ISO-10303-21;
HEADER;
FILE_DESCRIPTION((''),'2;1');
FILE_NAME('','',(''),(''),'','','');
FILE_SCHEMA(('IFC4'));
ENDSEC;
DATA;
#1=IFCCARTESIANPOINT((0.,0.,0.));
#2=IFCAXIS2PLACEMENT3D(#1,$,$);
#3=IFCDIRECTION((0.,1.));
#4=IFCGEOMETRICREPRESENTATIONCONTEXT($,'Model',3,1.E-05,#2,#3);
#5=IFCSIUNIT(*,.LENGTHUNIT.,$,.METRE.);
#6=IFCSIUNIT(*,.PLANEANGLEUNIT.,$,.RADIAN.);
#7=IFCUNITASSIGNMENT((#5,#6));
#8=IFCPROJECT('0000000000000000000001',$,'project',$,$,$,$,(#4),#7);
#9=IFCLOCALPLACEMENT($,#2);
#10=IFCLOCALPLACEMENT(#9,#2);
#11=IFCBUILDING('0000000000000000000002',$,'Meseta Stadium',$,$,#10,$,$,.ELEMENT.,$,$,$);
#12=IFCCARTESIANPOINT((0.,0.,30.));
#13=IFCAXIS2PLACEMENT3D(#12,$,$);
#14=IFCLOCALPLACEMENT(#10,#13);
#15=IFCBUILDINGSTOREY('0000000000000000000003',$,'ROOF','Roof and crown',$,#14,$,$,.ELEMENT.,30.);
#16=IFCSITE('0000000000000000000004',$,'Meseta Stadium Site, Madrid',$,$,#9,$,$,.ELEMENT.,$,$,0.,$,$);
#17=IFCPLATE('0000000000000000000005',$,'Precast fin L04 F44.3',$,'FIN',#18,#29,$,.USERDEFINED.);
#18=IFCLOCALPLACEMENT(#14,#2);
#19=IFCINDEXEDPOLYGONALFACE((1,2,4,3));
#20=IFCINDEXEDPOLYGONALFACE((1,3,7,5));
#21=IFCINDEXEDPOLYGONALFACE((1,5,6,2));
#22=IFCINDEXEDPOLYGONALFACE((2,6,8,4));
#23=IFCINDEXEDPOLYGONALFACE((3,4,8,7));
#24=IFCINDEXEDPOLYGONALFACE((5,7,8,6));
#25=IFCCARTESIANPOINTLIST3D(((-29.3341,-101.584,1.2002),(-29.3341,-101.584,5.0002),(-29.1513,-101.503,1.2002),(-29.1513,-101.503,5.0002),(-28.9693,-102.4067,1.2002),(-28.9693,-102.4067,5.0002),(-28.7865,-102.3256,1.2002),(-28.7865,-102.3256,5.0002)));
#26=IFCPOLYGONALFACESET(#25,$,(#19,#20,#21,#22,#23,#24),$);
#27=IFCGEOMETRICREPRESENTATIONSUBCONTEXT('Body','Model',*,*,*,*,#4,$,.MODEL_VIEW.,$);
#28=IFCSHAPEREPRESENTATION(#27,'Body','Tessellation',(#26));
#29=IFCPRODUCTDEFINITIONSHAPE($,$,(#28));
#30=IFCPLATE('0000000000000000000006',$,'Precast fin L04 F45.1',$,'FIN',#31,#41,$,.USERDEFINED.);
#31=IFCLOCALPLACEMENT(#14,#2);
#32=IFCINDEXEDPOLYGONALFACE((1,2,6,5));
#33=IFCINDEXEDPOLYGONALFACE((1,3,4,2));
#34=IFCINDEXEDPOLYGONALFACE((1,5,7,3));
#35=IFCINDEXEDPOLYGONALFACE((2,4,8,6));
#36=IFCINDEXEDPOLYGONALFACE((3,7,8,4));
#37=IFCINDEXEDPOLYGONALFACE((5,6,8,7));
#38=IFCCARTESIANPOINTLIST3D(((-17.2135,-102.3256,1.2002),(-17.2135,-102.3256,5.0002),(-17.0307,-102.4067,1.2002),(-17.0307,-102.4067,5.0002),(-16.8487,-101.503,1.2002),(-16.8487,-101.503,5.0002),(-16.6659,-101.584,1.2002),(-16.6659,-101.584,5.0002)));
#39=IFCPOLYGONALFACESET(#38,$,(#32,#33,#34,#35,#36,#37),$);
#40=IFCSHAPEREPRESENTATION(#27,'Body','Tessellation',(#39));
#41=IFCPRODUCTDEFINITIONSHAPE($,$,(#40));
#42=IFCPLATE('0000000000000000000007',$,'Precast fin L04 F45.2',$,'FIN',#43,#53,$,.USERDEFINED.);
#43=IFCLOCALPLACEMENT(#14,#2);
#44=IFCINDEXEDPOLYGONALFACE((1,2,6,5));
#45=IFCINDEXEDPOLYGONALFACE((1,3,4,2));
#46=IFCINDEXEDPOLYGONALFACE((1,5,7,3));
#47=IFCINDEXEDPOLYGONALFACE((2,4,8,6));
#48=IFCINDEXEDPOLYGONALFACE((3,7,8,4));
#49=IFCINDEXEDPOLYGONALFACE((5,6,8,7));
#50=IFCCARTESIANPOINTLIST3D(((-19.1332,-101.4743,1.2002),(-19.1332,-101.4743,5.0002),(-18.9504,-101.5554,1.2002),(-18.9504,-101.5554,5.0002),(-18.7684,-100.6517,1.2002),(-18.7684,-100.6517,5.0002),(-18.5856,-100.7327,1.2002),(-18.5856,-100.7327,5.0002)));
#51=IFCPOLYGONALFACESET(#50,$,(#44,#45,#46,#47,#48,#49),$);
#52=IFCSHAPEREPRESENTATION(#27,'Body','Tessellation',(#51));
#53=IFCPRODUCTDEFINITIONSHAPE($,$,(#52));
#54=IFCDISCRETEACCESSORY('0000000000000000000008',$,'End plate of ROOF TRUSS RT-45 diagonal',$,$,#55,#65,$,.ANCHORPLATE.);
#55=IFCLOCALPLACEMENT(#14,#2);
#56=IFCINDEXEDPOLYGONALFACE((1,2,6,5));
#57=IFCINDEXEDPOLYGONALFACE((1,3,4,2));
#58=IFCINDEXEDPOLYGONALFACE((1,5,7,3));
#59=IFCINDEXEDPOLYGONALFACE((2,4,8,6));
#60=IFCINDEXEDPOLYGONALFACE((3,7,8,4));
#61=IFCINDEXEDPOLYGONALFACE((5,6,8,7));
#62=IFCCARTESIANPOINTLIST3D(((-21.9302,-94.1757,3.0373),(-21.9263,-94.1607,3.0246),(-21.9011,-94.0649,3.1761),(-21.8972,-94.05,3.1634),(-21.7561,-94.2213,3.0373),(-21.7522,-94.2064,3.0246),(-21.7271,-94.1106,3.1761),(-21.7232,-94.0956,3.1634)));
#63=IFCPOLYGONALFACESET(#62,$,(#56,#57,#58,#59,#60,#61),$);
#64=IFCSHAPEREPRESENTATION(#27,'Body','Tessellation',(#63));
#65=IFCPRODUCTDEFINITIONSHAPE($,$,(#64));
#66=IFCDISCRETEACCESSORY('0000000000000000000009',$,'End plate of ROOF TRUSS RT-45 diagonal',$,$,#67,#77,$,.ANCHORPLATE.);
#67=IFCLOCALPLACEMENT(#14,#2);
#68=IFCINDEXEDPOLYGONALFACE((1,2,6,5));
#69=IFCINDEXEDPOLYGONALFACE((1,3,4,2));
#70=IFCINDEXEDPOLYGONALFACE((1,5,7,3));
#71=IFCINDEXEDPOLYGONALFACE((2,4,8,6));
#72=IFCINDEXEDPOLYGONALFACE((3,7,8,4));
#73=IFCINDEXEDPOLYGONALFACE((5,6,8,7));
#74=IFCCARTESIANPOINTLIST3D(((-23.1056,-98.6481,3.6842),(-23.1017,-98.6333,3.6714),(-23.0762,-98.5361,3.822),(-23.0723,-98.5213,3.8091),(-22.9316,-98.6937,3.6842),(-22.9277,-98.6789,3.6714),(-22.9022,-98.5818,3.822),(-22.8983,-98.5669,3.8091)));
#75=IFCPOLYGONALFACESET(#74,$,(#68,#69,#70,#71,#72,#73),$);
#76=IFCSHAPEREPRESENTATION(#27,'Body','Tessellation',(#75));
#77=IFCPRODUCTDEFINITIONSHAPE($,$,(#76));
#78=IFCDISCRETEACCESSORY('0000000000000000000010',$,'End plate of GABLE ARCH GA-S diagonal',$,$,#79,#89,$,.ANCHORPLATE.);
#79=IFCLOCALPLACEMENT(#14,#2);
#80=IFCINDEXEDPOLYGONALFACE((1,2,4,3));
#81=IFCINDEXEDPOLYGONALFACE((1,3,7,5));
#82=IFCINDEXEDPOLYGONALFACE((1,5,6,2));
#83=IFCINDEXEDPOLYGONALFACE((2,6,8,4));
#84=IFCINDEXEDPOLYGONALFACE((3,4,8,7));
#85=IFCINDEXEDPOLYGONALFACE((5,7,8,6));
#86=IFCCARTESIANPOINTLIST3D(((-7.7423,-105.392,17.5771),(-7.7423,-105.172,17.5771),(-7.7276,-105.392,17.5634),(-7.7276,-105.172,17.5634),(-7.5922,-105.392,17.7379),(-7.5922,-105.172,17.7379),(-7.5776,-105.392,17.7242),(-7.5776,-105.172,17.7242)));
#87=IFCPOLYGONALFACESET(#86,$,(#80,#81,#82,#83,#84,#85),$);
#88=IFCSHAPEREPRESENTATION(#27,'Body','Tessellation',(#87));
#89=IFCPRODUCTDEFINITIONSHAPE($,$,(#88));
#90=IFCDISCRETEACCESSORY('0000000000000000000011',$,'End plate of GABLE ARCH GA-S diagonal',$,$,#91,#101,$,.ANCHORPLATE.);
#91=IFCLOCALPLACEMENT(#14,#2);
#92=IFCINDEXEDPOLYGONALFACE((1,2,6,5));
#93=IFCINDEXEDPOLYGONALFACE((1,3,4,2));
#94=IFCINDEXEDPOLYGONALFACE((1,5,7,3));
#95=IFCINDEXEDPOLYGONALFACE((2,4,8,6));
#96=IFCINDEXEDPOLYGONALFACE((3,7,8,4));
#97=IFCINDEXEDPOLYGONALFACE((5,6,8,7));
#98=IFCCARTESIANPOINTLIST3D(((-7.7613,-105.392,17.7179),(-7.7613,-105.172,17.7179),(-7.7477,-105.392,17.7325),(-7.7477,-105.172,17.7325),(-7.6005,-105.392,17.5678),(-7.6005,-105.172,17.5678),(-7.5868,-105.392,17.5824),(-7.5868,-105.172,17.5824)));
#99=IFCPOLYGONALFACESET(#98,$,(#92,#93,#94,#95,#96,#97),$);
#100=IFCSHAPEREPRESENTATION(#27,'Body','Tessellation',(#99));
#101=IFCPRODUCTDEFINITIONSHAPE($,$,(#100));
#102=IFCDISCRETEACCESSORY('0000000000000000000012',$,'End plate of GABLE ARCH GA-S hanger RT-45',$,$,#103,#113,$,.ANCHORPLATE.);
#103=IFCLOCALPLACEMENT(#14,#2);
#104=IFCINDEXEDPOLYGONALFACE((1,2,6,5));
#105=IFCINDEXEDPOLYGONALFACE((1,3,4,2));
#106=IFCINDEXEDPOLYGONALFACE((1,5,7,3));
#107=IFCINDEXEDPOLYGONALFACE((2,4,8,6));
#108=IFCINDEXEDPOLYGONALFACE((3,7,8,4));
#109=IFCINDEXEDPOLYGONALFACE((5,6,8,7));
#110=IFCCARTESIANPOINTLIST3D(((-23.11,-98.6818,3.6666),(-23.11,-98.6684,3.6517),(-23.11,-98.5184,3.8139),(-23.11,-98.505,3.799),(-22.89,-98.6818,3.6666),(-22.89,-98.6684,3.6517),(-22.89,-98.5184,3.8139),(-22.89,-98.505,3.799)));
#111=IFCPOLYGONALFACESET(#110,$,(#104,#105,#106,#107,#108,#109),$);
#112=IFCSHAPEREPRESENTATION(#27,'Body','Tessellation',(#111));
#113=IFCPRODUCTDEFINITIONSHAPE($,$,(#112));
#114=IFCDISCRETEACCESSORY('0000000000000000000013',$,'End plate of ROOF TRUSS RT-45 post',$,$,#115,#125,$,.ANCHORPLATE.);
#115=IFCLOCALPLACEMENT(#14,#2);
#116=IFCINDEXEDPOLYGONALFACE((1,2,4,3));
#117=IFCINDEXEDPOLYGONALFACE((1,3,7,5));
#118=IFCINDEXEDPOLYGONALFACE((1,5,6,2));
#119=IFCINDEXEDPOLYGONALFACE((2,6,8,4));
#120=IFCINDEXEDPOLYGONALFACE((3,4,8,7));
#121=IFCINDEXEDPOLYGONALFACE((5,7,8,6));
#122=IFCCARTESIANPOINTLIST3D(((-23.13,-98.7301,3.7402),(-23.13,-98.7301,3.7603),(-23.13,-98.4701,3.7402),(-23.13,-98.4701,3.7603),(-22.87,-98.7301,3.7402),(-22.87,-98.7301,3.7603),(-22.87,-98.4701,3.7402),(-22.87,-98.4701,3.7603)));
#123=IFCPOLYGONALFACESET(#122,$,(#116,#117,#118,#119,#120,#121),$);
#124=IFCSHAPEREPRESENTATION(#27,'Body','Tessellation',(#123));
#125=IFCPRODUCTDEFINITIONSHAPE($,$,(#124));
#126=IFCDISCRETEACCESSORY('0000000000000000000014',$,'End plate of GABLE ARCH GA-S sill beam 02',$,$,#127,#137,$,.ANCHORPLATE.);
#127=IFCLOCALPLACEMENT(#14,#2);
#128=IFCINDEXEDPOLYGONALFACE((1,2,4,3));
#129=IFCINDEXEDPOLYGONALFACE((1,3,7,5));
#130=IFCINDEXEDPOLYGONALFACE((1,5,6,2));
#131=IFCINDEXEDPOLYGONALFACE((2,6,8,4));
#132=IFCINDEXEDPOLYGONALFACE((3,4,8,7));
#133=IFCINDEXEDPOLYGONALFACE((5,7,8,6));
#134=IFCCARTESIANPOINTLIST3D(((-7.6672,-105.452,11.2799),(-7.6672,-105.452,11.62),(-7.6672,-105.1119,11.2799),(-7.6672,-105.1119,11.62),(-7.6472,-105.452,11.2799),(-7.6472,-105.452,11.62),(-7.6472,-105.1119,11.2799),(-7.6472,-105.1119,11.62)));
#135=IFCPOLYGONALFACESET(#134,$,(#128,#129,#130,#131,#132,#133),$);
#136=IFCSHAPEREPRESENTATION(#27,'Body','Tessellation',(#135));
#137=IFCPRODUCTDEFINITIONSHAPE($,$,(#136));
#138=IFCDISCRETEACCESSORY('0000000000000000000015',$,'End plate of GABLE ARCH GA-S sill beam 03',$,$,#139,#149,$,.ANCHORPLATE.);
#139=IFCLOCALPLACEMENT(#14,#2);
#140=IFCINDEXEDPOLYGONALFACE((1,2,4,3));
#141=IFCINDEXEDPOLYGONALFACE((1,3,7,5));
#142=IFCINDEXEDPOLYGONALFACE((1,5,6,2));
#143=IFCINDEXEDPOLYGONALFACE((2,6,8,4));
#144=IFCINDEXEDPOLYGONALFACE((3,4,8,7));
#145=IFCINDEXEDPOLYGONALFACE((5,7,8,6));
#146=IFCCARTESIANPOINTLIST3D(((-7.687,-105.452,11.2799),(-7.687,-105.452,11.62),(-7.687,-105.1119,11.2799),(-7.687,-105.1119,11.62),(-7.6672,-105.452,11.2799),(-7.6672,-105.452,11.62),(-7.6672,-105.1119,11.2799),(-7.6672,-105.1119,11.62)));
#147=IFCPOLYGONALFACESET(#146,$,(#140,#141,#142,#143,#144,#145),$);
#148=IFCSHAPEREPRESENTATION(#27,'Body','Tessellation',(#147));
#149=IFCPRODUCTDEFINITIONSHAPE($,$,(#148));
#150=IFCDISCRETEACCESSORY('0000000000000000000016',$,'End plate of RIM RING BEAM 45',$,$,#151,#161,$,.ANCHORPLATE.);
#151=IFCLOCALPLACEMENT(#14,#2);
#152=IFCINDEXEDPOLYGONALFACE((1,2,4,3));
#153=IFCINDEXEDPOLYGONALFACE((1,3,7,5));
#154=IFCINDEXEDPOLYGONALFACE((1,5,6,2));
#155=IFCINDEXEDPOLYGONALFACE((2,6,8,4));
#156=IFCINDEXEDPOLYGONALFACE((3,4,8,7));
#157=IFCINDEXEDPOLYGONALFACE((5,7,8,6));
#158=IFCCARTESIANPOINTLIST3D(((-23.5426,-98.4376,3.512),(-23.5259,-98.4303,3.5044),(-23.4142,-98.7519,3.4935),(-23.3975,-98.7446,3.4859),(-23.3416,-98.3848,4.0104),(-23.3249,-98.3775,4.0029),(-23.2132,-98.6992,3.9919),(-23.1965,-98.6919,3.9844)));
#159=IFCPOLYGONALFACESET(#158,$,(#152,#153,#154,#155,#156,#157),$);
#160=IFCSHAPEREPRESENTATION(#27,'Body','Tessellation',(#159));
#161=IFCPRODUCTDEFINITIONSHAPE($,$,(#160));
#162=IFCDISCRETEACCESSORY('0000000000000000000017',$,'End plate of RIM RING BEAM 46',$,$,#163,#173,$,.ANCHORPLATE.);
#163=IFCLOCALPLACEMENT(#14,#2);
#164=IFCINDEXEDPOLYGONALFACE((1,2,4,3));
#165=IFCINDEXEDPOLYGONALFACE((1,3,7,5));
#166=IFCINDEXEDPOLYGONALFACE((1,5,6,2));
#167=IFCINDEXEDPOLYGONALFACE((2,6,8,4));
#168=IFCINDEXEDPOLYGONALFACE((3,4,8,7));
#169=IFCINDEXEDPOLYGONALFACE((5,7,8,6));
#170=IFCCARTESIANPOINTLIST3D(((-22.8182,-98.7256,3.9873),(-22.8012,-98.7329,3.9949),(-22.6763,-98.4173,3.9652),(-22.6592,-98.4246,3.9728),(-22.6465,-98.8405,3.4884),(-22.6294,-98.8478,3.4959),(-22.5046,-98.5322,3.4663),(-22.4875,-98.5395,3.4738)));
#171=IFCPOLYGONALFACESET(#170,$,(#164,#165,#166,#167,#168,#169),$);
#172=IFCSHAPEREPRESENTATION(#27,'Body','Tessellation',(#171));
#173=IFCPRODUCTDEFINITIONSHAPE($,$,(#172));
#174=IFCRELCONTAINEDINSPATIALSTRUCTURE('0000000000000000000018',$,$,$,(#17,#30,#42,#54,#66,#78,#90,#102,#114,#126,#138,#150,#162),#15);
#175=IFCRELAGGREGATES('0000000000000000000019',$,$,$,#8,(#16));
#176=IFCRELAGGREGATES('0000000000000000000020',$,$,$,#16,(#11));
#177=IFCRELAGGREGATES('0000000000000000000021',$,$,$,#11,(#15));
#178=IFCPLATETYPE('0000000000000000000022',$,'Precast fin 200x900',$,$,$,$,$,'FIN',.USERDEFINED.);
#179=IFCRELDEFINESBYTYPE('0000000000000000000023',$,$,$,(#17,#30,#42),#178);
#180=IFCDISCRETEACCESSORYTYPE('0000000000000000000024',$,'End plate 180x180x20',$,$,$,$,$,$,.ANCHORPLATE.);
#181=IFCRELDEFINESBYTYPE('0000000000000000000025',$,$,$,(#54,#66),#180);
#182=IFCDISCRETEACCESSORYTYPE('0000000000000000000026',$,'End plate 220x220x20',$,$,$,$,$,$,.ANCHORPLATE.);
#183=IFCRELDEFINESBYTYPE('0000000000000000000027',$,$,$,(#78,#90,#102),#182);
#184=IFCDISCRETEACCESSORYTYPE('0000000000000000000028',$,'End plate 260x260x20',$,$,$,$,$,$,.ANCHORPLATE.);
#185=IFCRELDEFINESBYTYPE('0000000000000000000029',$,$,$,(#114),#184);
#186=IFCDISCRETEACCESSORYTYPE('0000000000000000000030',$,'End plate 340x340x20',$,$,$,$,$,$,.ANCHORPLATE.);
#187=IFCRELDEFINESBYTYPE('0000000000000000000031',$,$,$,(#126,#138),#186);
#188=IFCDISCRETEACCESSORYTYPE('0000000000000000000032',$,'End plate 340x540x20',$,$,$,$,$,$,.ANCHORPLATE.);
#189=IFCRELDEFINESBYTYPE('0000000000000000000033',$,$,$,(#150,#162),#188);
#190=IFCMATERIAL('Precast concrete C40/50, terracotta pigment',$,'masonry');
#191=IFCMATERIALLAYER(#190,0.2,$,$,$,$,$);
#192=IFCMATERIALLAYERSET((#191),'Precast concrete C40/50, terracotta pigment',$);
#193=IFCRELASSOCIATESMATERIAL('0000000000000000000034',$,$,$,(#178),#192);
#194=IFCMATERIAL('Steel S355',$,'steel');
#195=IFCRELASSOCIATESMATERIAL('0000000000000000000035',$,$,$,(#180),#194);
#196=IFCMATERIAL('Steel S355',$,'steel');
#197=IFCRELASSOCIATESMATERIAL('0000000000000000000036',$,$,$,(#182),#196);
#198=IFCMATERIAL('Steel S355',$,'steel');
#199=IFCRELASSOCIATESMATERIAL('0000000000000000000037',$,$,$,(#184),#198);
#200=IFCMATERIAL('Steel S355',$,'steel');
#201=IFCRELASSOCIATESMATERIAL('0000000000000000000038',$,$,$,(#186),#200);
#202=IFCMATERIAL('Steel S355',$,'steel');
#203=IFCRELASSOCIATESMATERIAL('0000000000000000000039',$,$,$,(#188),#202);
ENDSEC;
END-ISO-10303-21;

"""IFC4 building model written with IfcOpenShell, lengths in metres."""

from ifc_helpers import new_model, si_unit, direction, frame, origin, origin_2d, place, context, subcontext, project, spatial, rectangle, extrude, material, layer, layer_set, material_profile, profile_set, type_object, element, save


model = new_model("IFC4")

# Units and contexts
model_context = context("Model", 3, precision=1e-05, world=origin(), true_north=direction((0.0, 1.0)))
body_context = subcontext(model_context, "Body", "Model", "MODEL_VIEW")
ifc_project = project(units=[si_unit("LENGTHUNIT", "METRE"), si_unit("PLANEANGLEUNIT", "RADIAN")], contexts=[model_context])

# Site, building, storey
site_placement = place(None, origin())
site = spatial("IfcSite", under=ifc_project, at=site_placement, Name="Meseta Stadium Site, Madrid", CompositionType="ELEMENT", RefElevation=0.0)
building_placement = place(site_placement, origin())
building = spatial("IfcBuilding", under=site, at=building_placement, Name="Meseta Stadium", CompositionType="ELEMENT")
storey_placement = place(building_placement, frame((0.0, 0.0, 30.0)))
storey = spatial("IfcBuildingStorey", under=building, at=storey_placement, Name="ROOF", Description="Roof and crown", CompositionType="ELEMENT", Elevation=30.0)

# Plates
ifc_material_1 = material(Name="Precast concrete C40/50, terracotta pigment", Category="masonry")
ifc_layer = layer(ifc_material_1, 0.2)
ifc_layer_set = layer_set([ifc_layer], Name="Precast concrete C40/50, terracotta pigment")
plate_type = type_object("IfcPlateType", Name="Precast fin 200x900", ElementType="FIN", PredefinedType="USERDEFINED", material=ifc_layer_set)
for number, where, z_axis, x_axis, name in (
    (1, (-29.0603, -101.9548, 1.2002), (0.0, 0.0, 1.0), (-0.914139, -0.4054, 0.0), "Precast fin L04 F44.3"),
    (2, (-16.9397, -101.9548, 1.2002), (0.0, 0.0, 1.0), (-0.914139, 0.4054, 0.0), "Precast fin L04 F45.1"),
    (3, (-18.8594, -101.1035, 1.2002), (0.0, 0.0, 1.0), (-0.914139, 0.4054, 0.0), "Precast fin L04 F45.2"),
):
    element("IfcPlate", number, at=place(storey_placement, frame(where, z_axis=z_axis, x_axis=x_axis)), inside=storey, type_object=plate_type, Name=name, ObjectType="FIN", PredefinedType="USERDEFINED", context=body_context, shape_type="SweptSolid", body=[
        extrude(rectangle(XDim=0.2, YDim=0.8999, at=origin_2d()), origin(), (0.0, 0.0, 1.0), 3.8),
    ])

# Discrete accessories
ifc_material_2 = material(Name="Steel S355", Category="steel")
ifc_material_profile_1 = material_profile(ifc_material_2, rectangle(XDim=0.1799, YDim=0.1799, at=origin_2d()), Name="PL 180x180")
ifc_profile_set_1 = profile_set([ifc_material_profile_1], Name="Steel S355")
discrete_accessory_type_1 = type_object("IfcDiscreteAccessoryType", Name="End plate 180x180x20", PredefinedType="ANCHORPLATE", material=ifc_profile_set_1)
for number, where, z_axis, x_axis, name in (
    (4, (-21.8247, -94.1282, 3.094), (-0.195749, -0.746293, 0.636184), (0.96728, -0.253713, 0.0), "End plate of ROOF TRUSS RT-45 diagonal"),
    (5, (-23.0, -98.6001, 3.7402), (-0.194229, -0.740496, 0.643382), (0.96728, -0.253713, 0.0), "End plate of ROOF TRUSS RT-45 diagonal"),
):
    element("IfcDiscreteAccessory", number, at=place(storey_placement, frame(where, z_axis=z_axis, x_axis=x_axis)), inside=storey, type_object=discrete_accessory_type_1, Name=name, PredefinedType="ANCHORPLATE", context=body_context, shape_type="SweptSolid", body=[
        extrude(rectangle(XDim=0.1799, YDim=0.1799, at=origin_2d()), origin(), (0.0, 0.0, 1.0), 0.02),
    ])
ifc_material_3 = material(Name="Steel S355", Category="steel")
ifc_material_profile_2 = material_profile(ifc_material_3, rectangle(XDim=0.22, YDim=0.22, at=origin_2d()), Name="PL 220x220")
ifc_profile_set_2 = profile_set([ifc_material_profile_2], Name="Steel S355")
discrete_accessory_type_2 = type_object("IfcDiscreteAccessoryType", Name="End plate 220x220x20", PredefinedType="ANCHORPLATE", material=ifc_profile_set_2)
for number, where, z_axis, x_axis, name in (
    (6, (-7.6672, -105.282, 17.6575), (0.731055, 0.0, -0.682318), (0.0, 1.0, 0.0), "End plate of GABLE ARCH GA-S diagonal"),
    (7, (-7.6809, -105.282, 17.6428), (0.682318, 0.0, 0.731055), (0.0, 1.0, 0.0), "End plate of GABLE ARCH GA-S diagonal"),
    (8, (-23.0, -98.6001, 3.7402), (0.0, 0.669637, -0.742688), (-1.0, 0.0, 0.0), "End plate of GABLE ARCH GA-S hanger RT-45"),
):
    element("IfcDiscreteAccessory", number, at=place(storey_placement, frame(where, z_axis=z_axis, x_axis=x_axis)), inside=storey, type_object=discrete_accessory_type_2, Name=name, PredefinedType="ANCHORPLATE", context=body_context, shape_type="SweptSolid", body=[
        extrude(rectangle(XDim=0.22, YDim=0.22, at=origin_2d()), origin(), (0.0, 0.0, 1.0), 0.02),
    ])
ifc_material_4 = material(Name="Steel S355", Category="steel")
ifc_material_profile_3 = material_profile(ifc_material_4, rectangle(XDim=0.26, YDim=0.26, at=origin_2d()), Name="PL 260x260")
ifc_profile_set_3 = profile_set([ifc_material_profile_3], Name="Steel S355")
discrete_accessory_type_3 = type_object("IfcDiscreteAccessoryType", Name="End plate 260x260x20", PredefinedType="ANCHORPLATE", material=ifc_profile_set_3)
discrete_accessory_1_placement = place(storey_placement, frame((-23.0, -98.6001, 3.7402), z_axis=(0.0, 0.0, 1.0), x_axis=(1.0, 0.0, 0.0)))
element("IfcDiscreteAccessory", 9, at=discrete_accessory_1_placement, inside=storey, type_object=discrete_accessory_type_3, Name="End plate of ROOF TRUSS RT-45 post", PredefinedType="ANCHORPLATE", context=body_context, shape_type="SweptSolid", body=[
    extrude(rectangle(XDim=0.26, YDim=0.26, at=origin_2d()), origin(), (0.0, 0.0, 1.0), 0.02),
])
ifc_material_5 = material(Name="Steel S355", Category="steel")
ifc_material_profile_4 = material_profile(ifc_material_5, rectangle(XDim=0.3401, YDim=0.3401, at=origin_2d()), Name="PL 340x340")
ifc_profile_set_4 = profile_set([ifc_material_profile_4], Name="Steel S355")
discrete_accessory_type_4 = type_object("IfcDiscreteAccessoryType", Name="End plate 340x340x20", PredefinedType="ANCHORPLATE", material=ifc_profile_set_4)
discrete_accessory_2_placement = place(storey_placement, frame((-7.6672, -105.282, 11.45), z_axis=(1.0, 0.0, 0.0), x_axis=(0.0, 1.0, 0.0)))
element("IfcDiscreteAccessory", 10, at=discrete_accessory_2_placement, inside=storey, type_object=discrete_accessory_type_4, Name="End plate of GABLE ARCH GA-S sill beam 02", PredefinedType="ANCHORPLATE", context=body_context, shape_type="SweptSolid", body=[
    extrude(rectangle(XDim=0.3401, YDim=0.3401, at=origin_2d()), origin(), (0.0, 0.0, 1.0), 0.02),
])
discrete_accessory_3_placement = place(storey_placement, frame((-7.687, -105.282, 11.45), z_axis=(1.0, 0.0, 0.0), x_axis=(0.0, 1.0, 0.0)))
element("IfcDiscreteAccessory", 11, at=discrete_accessory_3_placement, inside=storey, type_object=discrete_accessory_type_4, Name="End plate of GABLE ARCH GA-S sill beam 03", PredefinedType="ANCHORPLATE", context=body_context, shape_type="SweptSolid", body=[
    extrude(rectangle(XDim=0.3401, YDim=0.3401, at=origin_2d()), origin(), (0.0, 0.0, 1.0), 0.0198),
])
ifc_material_6 = material(Name="Steel S355", Category="steel")
ifc_material_profile_5 = material_profile(ifc_material_6, rectangle(XDim=0.3401, YDim=0.54, at=origin_2d()), Name="PL 340x540")
ifc_profile_set_5 = profile_set([ifc_material_profile_5], Name="Steel S355")
discrete_accessory_type_5 = type_object("IfcDiscreteAccessoryType", Name="End plate 340x540x20", PredefinedType="ANCHORPLATE", material=ifc_profile_set_5)
discrete_accessory_4_placement = place(storey_placement, frame((-23.3779, -98.5684, 3.752), z_axis=(0.847919, 0.368661, -0.380949), x_axis=(-0.377494, 0.924415, 0.054367)))
element("IfcDiscreteAccessory", 12, at=discrete_accessory_4_placement, inside=storey, type_object=discrete_accessory_type_5, Name="End plate of RIM RING BEAM 45", PredefinedType="ANCHORPLATE", context=body_context, shape_type="SweptSolid", body=[
    extrude(rectangle(XDim=0.3401, YDim=0.54, at=origin_2d()), origin(), (0.0, 0.0, 1.0), 0.0198),
])
discrete_accessory_5_placement = place(storey_placement, frame((-22.6614, -98.6289, 3.7268), z_axis=(0.851319, -0.364851, 0.377013), x_axis=(0.417291, 0.906441, -0.065069)))
element("IfcDiscreteAccessory", 13, at=discrete_accessory_5_placement, inside=storey, type_object=discrete_accessory_type_5, Name="End plate of RIM RING BEAM 46", PredefinedType="ANCHORPLATE", context=body_context, shape_type="SweptSolid", body=[
    extrude(rectangle(XDim=0.3401, YDim=0.54, at=origin_2d()), origin(), (0.0, 0.0, 1.0), 0.02),
])

save(model, "model.ifc")
